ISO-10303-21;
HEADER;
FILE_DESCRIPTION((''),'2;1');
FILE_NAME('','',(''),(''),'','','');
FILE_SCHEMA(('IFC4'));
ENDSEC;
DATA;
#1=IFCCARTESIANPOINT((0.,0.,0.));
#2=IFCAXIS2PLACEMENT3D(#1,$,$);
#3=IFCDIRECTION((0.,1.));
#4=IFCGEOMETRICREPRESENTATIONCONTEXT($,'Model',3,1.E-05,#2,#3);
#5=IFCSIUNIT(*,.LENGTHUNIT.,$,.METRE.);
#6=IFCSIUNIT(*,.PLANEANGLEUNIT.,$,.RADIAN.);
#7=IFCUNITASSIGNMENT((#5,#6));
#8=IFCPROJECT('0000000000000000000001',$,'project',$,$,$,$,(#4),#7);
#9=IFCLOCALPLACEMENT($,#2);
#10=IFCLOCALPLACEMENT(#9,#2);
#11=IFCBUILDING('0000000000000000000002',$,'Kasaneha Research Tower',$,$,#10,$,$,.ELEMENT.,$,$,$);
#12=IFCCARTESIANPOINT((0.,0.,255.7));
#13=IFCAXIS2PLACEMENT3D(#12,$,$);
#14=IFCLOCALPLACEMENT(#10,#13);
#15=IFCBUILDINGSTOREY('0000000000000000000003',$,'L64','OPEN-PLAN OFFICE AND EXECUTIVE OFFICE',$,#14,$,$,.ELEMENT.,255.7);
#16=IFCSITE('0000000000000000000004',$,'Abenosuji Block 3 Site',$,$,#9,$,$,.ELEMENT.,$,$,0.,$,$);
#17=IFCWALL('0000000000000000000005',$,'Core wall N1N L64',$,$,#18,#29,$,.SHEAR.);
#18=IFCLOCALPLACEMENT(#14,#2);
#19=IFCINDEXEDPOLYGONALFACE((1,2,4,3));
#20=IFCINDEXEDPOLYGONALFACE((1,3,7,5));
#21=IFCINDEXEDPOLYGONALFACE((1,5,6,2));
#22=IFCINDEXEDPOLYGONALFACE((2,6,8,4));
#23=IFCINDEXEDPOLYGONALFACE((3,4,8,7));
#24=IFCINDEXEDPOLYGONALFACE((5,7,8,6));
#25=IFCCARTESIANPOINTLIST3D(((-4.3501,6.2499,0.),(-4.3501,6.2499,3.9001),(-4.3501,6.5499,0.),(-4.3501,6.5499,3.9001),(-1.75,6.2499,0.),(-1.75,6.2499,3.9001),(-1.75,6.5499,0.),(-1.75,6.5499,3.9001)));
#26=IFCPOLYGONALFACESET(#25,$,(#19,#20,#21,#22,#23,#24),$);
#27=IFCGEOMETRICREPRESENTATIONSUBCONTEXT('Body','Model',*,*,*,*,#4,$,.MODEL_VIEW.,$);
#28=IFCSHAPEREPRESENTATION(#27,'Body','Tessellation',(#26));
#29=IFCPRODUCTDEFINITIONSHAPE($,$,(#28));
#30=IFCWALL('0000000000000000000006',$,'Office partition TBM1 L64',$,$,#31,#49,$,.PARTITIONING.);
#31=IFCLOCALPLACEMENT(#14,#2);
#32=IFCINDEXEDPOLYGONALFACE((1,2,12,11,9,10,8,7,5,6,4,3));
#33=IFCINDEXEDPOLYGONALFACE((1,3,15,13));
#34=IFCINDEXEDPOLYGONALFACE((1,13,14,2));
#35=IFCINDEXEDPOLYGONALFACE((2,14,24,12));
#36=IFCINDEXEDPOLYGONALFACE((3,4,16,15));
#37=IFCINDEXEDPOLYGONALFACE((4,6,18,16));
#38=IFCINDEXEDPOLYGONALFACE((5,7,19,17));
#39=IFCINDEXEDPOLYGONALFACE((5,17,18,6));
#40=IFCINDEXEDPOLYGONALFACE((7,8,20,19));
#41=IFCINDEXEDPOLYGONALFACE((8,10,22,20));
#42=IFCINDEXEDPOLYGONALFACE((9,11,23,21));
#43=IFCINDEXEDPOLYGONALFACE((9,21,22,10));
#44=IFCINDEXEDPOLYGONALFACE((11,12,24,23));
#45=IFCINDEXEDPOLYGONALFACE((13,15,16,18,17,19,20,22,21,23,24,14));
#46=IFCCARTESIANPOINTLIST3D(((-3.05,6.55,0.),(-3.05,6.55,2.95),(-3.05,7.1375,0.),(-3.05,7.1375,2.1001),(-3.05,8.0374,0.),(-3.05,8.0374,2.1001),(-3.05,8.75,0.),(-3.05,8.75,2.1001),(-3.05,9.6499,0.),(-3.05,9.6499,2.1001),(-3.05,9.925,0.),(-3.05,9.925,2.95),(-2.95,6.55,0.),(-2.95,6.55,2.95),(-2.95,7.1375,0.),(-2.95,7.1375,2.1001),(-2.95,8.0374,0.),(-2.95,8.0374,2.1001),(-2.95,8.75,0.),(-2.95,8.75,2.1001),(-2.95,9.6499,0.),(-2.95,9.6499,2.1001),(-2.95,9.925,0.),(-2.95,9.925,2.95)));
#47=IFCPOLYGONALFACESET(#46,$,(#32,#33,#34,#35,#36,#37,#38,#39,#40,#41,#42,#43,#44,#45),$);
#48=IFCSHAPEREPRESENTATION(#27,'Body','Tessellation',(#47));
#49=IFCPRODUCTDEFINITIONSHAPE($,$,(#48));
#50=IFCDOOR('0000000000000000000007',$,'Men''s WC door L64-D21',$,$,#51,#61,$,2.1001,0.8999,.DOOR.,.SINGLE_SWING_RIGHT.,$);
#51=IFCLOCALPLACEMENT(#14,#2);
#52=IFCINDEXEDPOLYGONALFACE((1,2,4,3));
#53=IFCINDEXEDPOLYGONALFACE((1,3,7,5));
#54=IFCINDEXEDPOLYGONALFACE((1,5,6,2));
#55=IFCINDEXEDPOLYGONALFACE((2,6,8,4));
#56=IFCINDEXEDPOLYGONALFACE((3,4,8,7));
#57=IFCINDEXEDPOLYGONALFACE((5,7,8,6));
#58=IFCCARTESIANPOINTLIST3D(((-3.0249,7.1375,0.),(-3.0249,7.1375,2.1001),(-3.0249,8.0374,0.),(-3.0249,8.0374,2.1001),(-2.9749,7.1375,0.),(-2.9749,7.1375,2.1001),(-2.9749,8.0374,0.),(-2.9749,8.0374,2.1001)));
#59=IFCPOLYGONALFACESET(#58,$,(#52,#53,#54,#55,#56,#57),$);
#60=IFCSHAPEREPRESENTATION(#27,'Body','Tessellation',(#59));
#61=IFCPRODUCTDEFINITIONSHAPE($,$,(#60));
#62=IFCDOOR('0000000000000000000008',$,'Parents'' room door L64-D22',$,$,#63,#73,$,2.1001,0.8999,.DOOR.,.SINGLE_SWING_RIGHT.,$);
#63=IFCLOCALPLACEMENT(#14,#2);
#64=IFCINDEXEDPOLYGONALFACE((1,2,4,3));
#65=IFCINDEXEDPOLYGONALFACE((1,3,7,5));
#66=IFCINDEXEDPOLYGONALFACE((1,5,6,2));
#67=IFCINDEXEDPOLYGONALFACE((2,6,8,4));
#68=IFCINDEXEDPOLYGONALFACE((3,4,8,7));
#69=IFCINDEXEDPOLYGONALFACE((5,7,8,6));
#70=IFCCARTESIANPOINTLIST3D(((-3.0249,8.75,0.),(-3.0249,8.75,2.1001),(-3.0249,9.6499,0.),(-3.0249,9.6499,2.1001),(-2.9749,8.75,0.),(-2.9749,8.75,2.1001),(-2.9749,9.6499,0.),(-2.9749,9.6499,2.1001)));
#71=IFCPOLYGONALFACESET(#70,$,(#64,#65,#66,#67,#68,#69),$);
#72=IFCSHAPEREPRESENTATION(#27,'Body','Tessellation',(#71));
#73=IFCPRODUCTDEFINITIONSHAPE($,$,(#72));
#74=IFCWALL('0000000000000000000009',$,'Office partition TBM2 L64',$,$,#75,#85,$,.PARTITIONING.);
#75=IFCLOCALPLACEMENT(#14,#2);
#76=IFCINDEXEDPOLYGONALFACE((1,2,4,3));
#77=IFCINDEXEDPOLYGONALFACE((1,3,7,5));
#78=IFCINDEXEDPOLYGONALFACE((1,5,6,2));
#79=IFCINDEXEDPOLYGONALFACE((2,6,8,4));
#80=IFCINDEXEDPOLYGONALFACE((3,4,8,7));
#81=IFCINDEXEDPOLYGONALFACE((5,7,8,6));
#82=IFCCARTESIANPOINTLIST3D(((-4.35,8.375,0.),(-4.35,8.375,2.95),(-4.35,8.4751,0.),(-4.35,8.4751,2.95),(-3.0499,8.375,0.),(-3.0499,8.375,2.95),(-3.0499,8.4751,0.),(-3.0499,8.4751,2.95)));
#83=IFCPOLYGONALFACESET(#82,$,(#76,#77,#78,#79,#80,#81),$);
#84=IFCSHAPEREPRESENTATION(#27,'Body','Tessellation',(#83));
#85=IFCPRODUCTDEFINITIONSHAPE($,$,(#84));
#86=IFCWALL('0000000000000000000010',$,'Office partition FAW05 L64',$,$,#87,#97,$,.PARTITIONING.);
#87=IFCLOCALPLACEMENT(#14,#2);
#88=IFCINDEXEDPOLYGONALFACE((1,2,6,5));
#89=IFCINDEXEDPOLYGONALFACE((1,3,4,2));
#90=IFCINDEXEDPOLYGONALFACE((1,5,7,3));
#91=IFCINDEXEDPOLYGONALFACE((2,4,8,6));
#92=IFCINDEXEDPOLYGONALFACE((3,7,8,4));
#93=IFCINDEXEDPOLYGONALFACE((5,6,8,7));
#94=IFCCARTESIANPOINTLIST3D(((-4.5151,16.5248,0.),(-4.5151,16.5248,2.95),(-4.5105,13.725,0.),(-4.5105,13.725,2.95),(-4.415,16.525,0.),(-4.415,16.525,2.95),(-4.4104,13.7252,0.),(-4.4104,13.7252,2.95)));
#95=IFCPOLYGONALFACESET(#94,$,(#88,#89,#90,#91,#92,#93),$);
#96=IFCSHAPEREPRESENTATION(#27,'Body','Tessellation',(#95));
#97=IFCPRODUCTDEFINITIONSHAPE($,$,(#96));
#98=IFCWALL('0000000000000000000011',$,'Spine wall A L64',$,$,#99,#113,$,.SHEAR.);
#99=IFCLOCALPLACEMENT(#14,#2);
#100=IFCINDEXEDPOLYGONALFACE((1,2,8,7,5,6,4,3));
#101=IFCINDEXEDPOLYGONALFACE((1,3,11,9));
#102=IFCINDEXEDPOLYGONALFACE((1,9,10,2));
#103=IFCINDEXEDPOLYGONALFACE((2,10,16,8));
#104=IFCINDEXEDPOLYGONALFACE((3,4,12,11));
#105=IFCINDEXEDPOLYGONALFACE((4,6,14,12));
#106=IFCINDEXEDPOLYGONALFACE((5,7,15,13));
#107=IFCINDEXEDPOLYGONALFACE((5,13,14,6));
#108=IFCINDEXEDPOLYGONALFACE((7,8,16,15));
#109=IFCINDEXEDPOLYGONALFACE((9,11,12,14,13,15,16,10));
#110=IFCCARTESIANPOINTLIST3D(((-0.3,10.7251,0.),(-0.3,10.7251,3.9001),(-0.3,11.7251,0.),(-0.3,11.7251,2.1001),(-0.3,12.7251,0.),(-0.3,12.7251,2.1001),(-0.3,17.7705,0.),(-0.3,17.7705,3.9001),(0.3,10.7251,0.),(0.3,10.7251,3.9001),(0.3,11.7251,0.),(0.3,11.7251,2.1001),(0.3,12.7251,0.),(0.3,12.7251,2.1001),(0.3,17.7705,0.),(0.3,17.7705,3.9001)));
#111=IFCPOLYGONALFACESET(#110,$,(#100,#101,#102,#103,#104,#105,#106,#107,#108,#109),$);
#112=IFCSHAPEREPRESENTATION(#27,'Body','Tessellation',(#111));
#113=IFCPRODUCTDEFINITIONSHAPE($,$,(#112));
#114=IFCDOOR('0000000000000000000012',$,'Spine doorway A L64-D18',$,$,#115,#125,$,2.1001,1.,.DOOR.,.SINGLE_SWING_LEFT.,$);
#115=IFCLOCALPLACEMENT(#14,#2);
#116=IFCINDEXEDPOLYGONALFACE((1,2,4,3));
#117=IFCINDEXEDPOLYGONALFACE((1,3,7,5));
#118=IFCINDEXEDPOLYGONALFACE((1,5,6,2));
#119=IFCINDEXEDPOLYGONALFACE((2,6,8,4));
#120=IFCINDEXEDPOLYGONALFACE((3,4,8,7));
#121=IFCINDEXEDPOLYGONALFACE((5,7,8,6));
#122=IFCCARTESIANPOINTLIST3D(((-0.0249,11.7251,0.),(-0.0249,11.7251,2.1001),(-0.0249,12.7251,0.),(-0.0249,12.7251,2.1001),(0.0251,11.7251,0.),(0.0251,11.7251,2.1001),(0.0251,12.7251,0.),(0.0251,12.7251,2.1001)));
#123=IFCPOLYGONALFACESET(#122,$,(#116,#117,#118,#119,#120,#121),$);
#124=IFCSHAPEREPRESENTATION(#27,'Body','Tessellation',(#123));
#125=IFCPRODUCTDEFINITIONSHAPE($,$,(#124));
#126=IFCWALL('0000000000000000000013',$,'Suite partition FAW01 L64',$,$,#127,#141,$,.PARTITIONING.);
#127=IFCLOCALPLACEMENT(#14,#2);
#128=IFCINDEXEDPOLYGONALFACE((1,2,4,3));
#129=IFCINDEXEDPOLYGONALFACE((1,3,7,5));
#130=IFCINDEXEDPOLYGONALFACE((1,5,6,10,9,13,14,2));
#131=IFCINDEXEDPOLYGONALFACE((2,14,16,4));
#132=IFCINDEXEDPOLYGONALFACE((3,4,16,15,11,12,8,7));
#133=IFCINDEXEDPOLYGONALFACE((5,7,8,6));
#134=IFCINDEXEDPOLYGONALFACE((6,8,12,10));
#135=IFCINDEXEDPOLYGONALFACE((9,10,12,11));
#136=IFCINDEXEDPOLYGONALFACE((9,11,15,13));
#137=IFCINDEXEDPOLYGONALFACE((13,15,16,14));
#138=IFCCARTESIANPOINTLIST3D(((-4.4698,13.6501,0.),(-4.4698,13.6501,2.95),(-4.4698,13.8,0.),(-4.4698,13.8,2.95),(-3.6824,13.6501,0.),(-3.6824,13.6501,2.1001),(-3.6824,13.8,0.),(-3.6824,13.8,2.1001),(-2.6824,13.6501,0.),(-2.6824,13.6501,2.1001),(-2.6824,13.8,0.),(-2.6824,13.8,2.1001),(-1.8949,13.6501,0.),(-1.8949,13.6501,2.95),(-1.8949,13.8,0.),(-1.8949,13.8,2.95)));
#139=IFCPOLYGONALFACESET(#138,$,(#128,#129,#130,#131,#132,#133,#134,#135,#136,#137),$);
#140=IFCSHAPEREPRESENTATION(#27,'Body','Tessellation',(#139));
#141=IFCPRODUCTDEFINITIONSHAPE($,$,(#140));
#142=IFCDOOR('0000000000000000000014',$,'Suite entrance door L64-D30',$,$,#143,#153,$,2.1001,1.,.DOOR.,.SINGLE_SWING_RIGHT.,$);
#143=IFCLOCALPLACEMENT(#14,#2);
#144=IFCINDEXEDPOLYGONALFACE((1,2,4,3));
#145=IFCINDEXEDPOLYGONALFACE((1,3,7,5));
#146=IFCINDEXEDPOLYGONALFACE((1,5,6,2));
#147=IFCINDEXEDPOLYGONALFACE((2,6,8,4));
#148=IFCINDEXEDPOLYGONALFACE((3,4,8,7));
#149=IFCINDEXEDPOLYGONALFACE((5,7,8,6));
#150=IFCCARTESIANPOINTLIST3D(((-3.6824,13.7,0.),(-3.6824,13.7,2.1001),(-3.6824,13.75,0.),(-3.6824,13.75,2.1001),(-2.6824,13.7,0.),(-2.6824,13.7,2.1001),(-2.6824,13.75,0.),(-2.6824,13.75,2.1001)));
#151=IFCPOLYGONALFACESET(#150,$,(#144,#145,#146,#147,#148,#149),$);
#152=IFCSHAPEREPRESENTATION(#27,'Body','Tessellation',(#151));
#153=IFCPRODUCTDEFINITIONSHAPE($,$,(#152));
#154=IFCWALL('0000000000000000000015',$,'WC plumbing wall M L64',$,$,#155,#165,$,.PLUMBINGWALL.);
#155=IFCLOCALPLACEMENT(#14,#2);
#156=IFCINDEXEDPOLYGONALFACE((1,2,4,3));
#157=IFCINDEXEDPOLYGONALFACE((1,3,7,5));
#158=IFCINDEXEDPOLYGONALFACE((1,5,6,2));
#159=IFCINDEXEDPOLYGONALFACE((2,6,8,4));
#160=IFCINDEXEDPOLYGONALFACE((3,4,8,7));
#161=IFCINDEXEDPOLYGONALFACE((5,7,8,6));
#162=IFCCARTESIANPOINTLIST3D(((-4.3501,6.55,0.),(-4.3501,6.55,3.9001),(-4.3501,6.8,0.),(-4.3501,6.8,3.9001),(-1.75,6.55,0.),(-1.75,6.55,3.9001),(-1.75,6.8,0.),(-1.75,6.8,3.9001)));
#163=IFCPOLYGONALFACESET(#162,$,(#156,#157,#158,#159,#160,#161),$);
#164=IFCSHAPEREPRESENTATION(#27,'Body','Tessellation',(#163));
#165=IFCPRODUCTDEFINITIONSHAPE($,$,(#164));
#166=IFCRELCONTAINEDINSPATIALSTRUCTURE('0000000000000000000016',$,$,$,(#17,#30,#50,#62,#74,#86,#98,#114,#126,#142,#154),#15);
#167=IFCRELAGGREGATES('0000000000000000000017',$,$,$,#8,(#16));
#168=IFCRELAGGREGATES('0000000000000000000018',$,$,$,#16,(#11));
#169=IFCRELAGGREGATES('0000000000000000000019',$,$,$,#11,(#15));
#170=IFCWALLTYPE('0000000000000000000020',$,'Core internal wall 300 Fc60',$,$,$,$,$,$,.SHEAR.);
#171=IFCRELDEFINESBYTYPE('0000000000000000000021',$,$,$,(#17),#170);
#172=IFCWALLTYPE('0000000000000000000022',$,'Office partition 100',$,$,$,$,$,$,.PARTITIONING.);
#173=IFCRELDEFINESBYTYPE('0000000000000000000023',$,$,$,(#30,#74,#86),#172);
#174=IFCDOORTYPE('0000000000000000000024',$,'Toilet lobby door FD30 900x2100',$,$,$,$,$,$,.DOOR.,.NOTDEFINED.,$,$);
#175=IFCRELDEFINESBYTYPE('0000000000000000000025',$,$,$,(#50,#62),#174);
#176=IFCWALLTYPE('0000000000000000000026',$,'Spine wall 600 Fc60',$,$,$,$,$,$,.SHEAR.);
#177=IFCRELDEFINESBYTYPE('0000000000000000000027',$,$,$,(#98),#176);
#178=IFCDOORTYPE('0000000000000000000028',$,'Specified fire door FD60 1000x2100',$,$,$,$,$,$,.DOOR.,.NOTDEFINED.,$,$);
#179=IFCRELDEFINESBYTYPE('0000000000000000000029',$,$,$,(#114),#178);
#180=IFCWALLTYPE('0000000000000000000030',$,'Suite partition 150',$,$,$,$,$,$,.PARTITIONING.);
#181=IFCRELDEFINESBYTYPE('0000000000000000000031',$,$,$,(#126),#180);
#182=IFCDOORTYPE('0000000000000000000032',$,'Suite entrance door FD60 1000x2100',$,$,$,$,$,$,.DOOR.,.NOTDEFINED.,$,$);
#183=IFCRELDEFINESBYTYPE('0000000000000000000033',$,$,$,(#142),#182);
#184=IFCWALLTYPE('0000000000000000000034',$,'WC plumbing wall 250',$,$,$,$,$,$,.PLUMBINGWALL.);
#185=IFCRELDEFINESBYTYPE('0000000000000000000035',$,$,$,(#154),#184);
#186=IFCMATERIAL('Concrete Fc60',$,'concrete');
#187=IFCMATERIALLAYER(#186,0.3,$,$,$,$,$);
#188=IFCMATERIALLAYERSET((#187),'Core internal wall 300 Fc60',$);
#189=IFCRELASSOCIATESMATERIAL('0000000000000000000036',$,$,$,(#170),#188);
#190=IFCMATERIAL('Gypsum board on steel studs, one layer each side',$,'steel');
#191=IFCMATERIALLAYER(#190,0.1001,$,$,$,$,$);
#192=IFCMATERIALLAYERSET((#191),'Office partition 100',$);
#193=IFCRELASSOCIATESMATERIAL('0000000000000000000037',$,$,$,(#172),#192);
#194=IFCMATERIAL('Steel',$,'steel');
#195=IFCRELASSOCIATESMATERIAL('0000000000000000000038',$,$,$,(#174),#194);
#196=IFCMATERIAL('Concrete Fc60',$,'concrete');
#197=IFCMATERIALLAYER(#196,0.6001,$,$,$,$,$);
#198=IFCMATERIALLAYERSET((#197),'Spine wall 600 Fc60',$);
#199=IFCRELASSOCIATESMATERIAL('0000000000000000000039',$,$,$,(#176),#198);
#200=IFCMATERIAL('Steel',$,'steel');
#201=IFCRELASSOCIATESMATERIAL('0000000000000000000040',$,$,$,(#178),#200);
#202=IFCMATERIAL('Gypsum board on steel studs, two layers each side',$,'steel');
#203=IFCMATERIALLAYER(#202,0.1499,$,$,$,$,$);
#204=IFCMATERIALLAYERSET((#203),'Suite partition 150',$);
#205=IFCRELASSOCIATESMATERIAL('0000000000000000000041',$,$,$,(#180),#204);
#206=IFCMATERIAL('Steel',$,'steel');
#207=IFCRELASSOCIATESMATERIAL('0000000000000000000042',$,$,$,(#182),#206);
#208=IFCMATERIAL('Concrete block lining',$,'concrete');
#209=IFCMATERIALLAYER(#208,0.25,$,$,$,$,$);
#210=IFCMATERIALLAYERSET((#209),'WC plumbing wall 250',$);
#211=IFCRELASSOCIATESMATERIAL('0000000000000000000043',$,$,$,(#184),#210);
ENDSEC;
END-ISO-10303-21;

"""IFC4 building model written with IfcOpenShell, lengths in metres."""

from ifc_helpers import new_model, si_unit, direction, frame, frame_2d, origin, place, context, subcontext, project, spatial, rectangle, extrude, material, layer, layer_set, type_object, element, fill, save


model = new_model("IFC4")

# Units and contexts
model_context = context("Model", 3, precision=1e-05, world=origin(), true_north=direction((0.0, 1.0)))
body_context = subcontext(model_context, "Body", "Model", "MODEL_VIEW")
ifc_project = project(units=[si_unit("LENGTHUNIT", "METRE"), si_unit("PLANEANGLEUNIT", "RADIAN")], contexts=[model_context])

# Site, building, storey
site_placement = place(None, origin())
site = spatial("IfcSite", under=ifc_project, at=site_placement, Name="Abenosuji Block 3 Site", CompositionType="ELEMENT", RefElevation=0.0)
building_placement = place(site_placement, origin())
building = spatial("IfcBuilding", under=site, at=building_placement, Name="Kasaneha Research Tower", CompositionType="ELEMENT")
storey_placement = place(building_placement, frame((0.0, 0.0, 255.7)))
storey = spatial("IfcBuildingStorey", under=building, at=storey_placement, Name="L64", Description="OPEN-PLAN OFFICE AND EXECUTIVE OFFICE", CompositionType="ELEMENT", Elevation=255.7)

# Shared definitions
ifc_material_1 = material(Name="Concrete Fc60", Category="concrete")
ifc_layer_1 = layer(ifc_material_1, 0.3)
ifc_layer_set_1 = layer_set([ifc_layer_1], Name="Core internal wall 300 Fc60")
wall_type_1 = type_object("IfcWallType", Name="Core internal wall 300 Fc60", PredefinedType="SHEAR", material=ifc_layer_set_1)

# Wall
wall_1_placement = place(storey_placement, frame((-4.3501, 6.3999, 0.0), z_axis=(0.0, 0.0, 1.0), x_axis=(1.0, 0.0, 0.0)))
element("IfcWall", 1, at=wall_1_placement, inside=storey, type_object=wall_type_1, Name="Core wall N1N L64", PredefinedType="SHEAR", context=body_context, shape_type="SweptSolid", body=[
    extrude(rectangle(XDim=2.6001, YDim=0.3, at=frame_2d((1.3, 0.0))), origin(), (0.0, 0.0, 1.0), 3.9001),
])

# Wall, openings, doors
ifc_material_2 = material(Name="Gypsum board on steel studs, one layer each side", Category="steel")
ifc_layer_2 = layer(ifc_material_2, 0.1001)
ifc_layer_set_2 = layer_set([ifc_layer_2], Name="Office partition 100")
wall_type_2 = type_object("IfcWallType", Name="Office partition 100", PredefinedType="PARTITIONING", material=ifc_layer_set_2)
wall_2_placement = place(storey_placement, frame((-3.0, 6.55, 0.0), z_axis=(0.0, 0.0, 1.0), x_axis=(0.0, 1.0, 0.0)))
wall_2 = element("IfcWall", 2, at=wall_2_placement, inside=storey, type_object=wall_type_2, Name="Office partition TBM1 L64", PredefinedType="PARTITIONING", context=body_context, shape_type="SweptSolid", body=[
    extrude(rectangle(XDim=3.375, YDim=0.1001, at=frame_2d((1.6875, 0.0))), origin(), (0.0, 0.0, 1.0), 2.95),
])
opening_1_placement = place(wall_2_placement, frame((0.5874, 0.0, 0.0)))
opening_1 = element("IfcOpeningElement", 3, at=opening_1_placement, cuts=wall_2, PredefinedType="OPENING", context=body_context, shape_type="SweptSolid", body=[
    extrude(rectangle(XDim=0.8999, YDim=2.1001, at=frame_2d((0.45, 1.05))), frame((0.0, 0.0601, 0.0), z_axis=(0.0, -1.0, 0.0), x_axis=(1.0, 0.0, 0.0)), (0.0, 0.0, 1.0), 0.1201),
])
opening_2_placement = place(wall_2_placement, frame((2.2, 0.0, 0.0)))
opening_2 = element("IfcOpeningElement", 4, at=opening_2_placement, cuts=wall_2, PredefinedType="OPENING", context=body_context, shape_type="SweptSolid", body=[
    extrude(rectangle(XDim=0.8999, YDim=2.1001, at=frame_2d((0.45, 1.05))), frame((0.0, 0.0601, 0.0), z_axis=(0.0, -1.0, 0.0), x_axis=(1.0, 0.0, 0.0)), (0.0, 0.0, 1.0), 0.1201),
])
ifc_material_3 = material(Name="Steel", Category="steel")
door_type_1 = type_object("IfcDoorType", Name="Toilet lobby door FD30 900x2100", OperationType="NOTDEFINED", PredefinedType="DOOR", material=ifc_material_3)
door_1_placement = place(opening_1_placement, origin())
door_1 = element("IfcDoor", 5, at=door_1_placement, inside=storey, type_object=door_type_1, Name="Men's WC door L64-D21", OperationType="SINGLE_SWING_RIGHT", OverallHeight=2.1001, OverallWidth=0.8999, PredefinedType="DOOR", context=body_context, shape_type="SweptSolid", body=[
    extrude(rectangle(XDim=0.8999, YDim=2.1001, at=frame_2d((0.45, 1.05))), frame((0.0, 0.0249, 0.0), z_axis=(0.0, -1.0, 0.0), x_axis=(1.0, 0.0, 0.0)), (0.0, 0.0, 1.0), 0.05),
])
fill(opening_1, door_1)
door_2_placement = place(opening_2_placement, origin())
door_2 = element("IfcDoor", 6, at=door_2_placement, inside=storey, type_object=door_type_1, Name="Parents' room door L64-D22", OperationType="SINGLE_SWING_RIGHT", OverallHeight=2.1001, OverallWidth=0.8999, PredefinedType="DOOR", context=body_context, shape_type="SweptSolid", body=[
    extrude(rectangle(XDim=0.8999, YDim=2.1001, at=frame_2d((0.45, 1.05))), frame((0.0, 0.0249, 0.0), z_axis=(0.0, -1.0, 0.0), x_axis=(1.0, 0.0, 0.0)), (0.0, 0.0, 1.0), 0.05),
])
fill(opening_2, door_2)

# Walls
wall_3_placement = place(storey_placement, frame((-3.05, 8.425, 0.0), z_axis=(0.0, 0.0, 1.0), x_axis=(-1.0, 0.0, 0.0)))
element("IfcWall", 7, at=wall_3_placement, inside=storey, type_object=wall_type_2, Name="Office partition TBM2 L64", PredefinedType="PARTITIONING", context=body_context, shape_type="SweptSolid", body=[
    extrude(rectangle(XDim=1.3, YDim=0.1001, at=frame_2d((0.6499, 0.0))), origin(), (0.0, 0.0, 1.0), 2.95),
])
wall_4_placement = place(storey_placement, frame((-4.4604, 13.7251, 0.0), z_axis=(0.0, 0.0, 1.0), x_axis=(-0.001657, 0.999999, 0.0)))
element("IfcWall", 8, at=wall_4_placement, inside=storey, type_object=wall_type_2, Name="Office partition FAW05 L64", PredefinedType="PARTITIONING", context=body_context, shape_type="SweptSolid", body=[
    extrude(rectangle(XDim=2.7998, YDim=0.1001, at=frame_2d((1.3999, 0.0))), origin(), (0.0, 0.0, 1.0), 2.95),
])

# Walls, openings, doors
ifc_material_4 = material(Name="Concrete Fc60", Category="concrete")
ifc_layer_3 = layer(ifc_material_4, 0.6001)
ifc_layer_set_3 = layer_set([ifc_layer_3], Name="Spine wall 600 Fc60")
wall_type_3 = type_object("IfcWallType", Name="Spine wall 600 Fc60", PredefinedType="SHEAR", material=ifc_layer_set_3)
wall_5_placement = place(storey_placement, frame((0.0, 10.7251, 0.0), z_axis=(0.0, 0.0, 1.0), x_axis=(0.0, 1.0, 0.0)))
wall_5 = element("IfcWall", 9, at=wall_5_placement, inside=storey, type_object=wall_type_3, Name="Spine wall A L64", PredefinedType="SHEAR", context=body_context, shape_type="SweptSolid", body=[
    extrude(rectangle(XDim=7.0454, YDim=0.6001, at=frame_2d((3.5227, 0.0))), origin(), (0.0, 0.0, 1.0), 3.9001),
])
opening_3_placement = place(wall_5_placement, frame((1.0, 0.0, 0.0)))
opening_3 = element("IfcOpeningElement", 10, at=opening_3_placement, cuts=wall_5, PredefinedType="OPENING", context=body_context, shape_type="SweptSolid", body=[
    extrude(rectangle(XDim=1.0, YDim=2.1001, at=frame_2d((0.5, 1.05))), frame((0.0, 0.3101, 0.0), z_axis=(0.0, -1.0, 0.0), x_axis=(1.0, 0.0, 0.0)), (0.0, 0.0, 1.0), 0.6201),
])
ifc_material_5 = material(Name="Steel", Category="steel")
door_type_2 = type_object("IfcDoorType", Name="Specified fire door FD60 1000x2100", OperationType="NOTDEFINED", PredefinedType="DOOR", material=ifc_material_5)
door_3_placement = place(opening_3_placement, origin())
door_3 = element("IfcDoor", 11, at=door_3_placement, inside=storey, type_object=door_type_2, Name="Spine doorway A L64-D18", OperationType="SINGLE_SWING_LEFT", OverallHeight=2.1001, OverallWidth=1.0, PredefinedType="DOOR", context=body_context, shape_type="SweptSolid", body=[
    extrude(rectangle(XDim=1.0, YDim=2.1001, at=frame_2d((0.5, 1.05))), frame((0.0, 0.0249, 0.0), z_axis=(0.0, -1.0, 0.0), x_axis=(1.0, 0.0, 0.0)), (0.0, 0.0, 1.0), 0.05),
])
fill(opening_3, door_3)
ifc_material_6 = material(Name="Gypsum board on steel studs, two layers each side", Category="steel")
ifc_layer_4 = layer(ifc_material_6, 0.1499)
ifc_layer_set_4 = layer_set([ifc_layer_4], Name="Suite partition 150")
wall_type_4 = type_object("IfcWallType", Name="Suite partition 150", PredefinedType="PARTITIONING", material=ifc_layer_set_4)
wall_6_placement = place(storey_placement, frame((-4.47, 13.7251, 0.0), z_axis=(0.0, 0.0, 1.0), x_axis=(1.0, 0.0, 0.0)))
wall_6 = element("IfcWall", 12, at=wall_6_placement, inside=storey, type_object=wall_type_4, Name="Suite partition FAW01 L64", PredefinedType="PARTITIONING", context=body_context, shape_type="SweptSolid", body=[
    extrude(rectangle(XDim=2.575, YDim=0.1499, at=frame_2d((1.2876, 0.0))), origin(), (0.0, 0.0, 1.0), 2.95),
])
opening_4_placement = place(wall_6_placement, frame((0.7876, 0.0, 0.0)))
opening_4 = element("IfcOpeningElement", 13, at=opening_4_placement, cuts=wall_6, PredefinedType="OPENING", context=body_context, shape_type="SweptSolid", body=[
    extrude(rectangle(XDim=1.0, YDim=2.1001, at=frame_2d((0.5, 1.05))), frame((0.0, 0.085, 0.0), z_axis=(0.0, -1.0, 0.0), x_axis=(1.0, 0.0, 0.0)), (0.0, 0.0, 1.0), 0.1699),
])
ifc_material_7 = material(Name="Steel", Category="steel")
door_type_3 = type_object("IfcDoorType", Name="Suite entrance door FD60 1000x2100", OperationType="NOTDEFINED", PredefinedType="DOOR", material=ifc_material_7)
door_4_placement = place(opening_4_placement, origin())
door_4 = element("IfcDoor", 14, at=door_4_placement, inside=storey, type_object=door_type_3, Name="Suite entrance door L64-D30", OperationType="SINGLE_SWING_RIGHT", OverallHeight=2.1001, OverallWidth=1.0, PredefinedType="DOOR", context=body_context, shape_type="SweptSolid", body=[
    extrude(rectangle(XDim=1.0, YDim=2.1001, at=frame_2d((0.5, 1.05))), frame((0.0, 0.0249, 0.0), z_axis=(0.0, -1.0, 0.0), x_axis=(1.0, 0.0, 0.0)), (0.0, 0.0, 1.0), 0.05),
])
fill(opening_4, door_4)

# Wall
ifc_material_8 = material(Name="Concrete block lining", Category="concrete")
ifc_layer_5 = layer(ifc_material_8, 0.25)
ifc_layer_set_5 = layer_set([ifc_layer_5], Name="WC plumbing wall 250")
wall_type_5 = type_object("IfcWallType", Name="WC plumbing wall 250", PredefinedType="PLUMBINGWALL", material=ifc_layer_set_5)
wall_7_placement = place(storey_placement, frame((-4.3501, 6.675, 0.0), z_axis=(0.0, 0.0, 1.0), x_axis=(1.0, 0.0, 0.0)))
element("IfcWall", 15, at=wall_7_placement, inside=storey, type_object=wall_type_5, Name="WC plumbing wall M L64", PredefinedType="PLUMBINGWALL", context=body_context, shape_type="SweptSolid", body=[
    extrude(rectangle(XDim=2.6001, YDim=0.25, at=frame_2d((1.3, 0.0))), origin(), (0.0, 0.0, 1.0), 3.9001),
])

save(model, "model.ifc")
